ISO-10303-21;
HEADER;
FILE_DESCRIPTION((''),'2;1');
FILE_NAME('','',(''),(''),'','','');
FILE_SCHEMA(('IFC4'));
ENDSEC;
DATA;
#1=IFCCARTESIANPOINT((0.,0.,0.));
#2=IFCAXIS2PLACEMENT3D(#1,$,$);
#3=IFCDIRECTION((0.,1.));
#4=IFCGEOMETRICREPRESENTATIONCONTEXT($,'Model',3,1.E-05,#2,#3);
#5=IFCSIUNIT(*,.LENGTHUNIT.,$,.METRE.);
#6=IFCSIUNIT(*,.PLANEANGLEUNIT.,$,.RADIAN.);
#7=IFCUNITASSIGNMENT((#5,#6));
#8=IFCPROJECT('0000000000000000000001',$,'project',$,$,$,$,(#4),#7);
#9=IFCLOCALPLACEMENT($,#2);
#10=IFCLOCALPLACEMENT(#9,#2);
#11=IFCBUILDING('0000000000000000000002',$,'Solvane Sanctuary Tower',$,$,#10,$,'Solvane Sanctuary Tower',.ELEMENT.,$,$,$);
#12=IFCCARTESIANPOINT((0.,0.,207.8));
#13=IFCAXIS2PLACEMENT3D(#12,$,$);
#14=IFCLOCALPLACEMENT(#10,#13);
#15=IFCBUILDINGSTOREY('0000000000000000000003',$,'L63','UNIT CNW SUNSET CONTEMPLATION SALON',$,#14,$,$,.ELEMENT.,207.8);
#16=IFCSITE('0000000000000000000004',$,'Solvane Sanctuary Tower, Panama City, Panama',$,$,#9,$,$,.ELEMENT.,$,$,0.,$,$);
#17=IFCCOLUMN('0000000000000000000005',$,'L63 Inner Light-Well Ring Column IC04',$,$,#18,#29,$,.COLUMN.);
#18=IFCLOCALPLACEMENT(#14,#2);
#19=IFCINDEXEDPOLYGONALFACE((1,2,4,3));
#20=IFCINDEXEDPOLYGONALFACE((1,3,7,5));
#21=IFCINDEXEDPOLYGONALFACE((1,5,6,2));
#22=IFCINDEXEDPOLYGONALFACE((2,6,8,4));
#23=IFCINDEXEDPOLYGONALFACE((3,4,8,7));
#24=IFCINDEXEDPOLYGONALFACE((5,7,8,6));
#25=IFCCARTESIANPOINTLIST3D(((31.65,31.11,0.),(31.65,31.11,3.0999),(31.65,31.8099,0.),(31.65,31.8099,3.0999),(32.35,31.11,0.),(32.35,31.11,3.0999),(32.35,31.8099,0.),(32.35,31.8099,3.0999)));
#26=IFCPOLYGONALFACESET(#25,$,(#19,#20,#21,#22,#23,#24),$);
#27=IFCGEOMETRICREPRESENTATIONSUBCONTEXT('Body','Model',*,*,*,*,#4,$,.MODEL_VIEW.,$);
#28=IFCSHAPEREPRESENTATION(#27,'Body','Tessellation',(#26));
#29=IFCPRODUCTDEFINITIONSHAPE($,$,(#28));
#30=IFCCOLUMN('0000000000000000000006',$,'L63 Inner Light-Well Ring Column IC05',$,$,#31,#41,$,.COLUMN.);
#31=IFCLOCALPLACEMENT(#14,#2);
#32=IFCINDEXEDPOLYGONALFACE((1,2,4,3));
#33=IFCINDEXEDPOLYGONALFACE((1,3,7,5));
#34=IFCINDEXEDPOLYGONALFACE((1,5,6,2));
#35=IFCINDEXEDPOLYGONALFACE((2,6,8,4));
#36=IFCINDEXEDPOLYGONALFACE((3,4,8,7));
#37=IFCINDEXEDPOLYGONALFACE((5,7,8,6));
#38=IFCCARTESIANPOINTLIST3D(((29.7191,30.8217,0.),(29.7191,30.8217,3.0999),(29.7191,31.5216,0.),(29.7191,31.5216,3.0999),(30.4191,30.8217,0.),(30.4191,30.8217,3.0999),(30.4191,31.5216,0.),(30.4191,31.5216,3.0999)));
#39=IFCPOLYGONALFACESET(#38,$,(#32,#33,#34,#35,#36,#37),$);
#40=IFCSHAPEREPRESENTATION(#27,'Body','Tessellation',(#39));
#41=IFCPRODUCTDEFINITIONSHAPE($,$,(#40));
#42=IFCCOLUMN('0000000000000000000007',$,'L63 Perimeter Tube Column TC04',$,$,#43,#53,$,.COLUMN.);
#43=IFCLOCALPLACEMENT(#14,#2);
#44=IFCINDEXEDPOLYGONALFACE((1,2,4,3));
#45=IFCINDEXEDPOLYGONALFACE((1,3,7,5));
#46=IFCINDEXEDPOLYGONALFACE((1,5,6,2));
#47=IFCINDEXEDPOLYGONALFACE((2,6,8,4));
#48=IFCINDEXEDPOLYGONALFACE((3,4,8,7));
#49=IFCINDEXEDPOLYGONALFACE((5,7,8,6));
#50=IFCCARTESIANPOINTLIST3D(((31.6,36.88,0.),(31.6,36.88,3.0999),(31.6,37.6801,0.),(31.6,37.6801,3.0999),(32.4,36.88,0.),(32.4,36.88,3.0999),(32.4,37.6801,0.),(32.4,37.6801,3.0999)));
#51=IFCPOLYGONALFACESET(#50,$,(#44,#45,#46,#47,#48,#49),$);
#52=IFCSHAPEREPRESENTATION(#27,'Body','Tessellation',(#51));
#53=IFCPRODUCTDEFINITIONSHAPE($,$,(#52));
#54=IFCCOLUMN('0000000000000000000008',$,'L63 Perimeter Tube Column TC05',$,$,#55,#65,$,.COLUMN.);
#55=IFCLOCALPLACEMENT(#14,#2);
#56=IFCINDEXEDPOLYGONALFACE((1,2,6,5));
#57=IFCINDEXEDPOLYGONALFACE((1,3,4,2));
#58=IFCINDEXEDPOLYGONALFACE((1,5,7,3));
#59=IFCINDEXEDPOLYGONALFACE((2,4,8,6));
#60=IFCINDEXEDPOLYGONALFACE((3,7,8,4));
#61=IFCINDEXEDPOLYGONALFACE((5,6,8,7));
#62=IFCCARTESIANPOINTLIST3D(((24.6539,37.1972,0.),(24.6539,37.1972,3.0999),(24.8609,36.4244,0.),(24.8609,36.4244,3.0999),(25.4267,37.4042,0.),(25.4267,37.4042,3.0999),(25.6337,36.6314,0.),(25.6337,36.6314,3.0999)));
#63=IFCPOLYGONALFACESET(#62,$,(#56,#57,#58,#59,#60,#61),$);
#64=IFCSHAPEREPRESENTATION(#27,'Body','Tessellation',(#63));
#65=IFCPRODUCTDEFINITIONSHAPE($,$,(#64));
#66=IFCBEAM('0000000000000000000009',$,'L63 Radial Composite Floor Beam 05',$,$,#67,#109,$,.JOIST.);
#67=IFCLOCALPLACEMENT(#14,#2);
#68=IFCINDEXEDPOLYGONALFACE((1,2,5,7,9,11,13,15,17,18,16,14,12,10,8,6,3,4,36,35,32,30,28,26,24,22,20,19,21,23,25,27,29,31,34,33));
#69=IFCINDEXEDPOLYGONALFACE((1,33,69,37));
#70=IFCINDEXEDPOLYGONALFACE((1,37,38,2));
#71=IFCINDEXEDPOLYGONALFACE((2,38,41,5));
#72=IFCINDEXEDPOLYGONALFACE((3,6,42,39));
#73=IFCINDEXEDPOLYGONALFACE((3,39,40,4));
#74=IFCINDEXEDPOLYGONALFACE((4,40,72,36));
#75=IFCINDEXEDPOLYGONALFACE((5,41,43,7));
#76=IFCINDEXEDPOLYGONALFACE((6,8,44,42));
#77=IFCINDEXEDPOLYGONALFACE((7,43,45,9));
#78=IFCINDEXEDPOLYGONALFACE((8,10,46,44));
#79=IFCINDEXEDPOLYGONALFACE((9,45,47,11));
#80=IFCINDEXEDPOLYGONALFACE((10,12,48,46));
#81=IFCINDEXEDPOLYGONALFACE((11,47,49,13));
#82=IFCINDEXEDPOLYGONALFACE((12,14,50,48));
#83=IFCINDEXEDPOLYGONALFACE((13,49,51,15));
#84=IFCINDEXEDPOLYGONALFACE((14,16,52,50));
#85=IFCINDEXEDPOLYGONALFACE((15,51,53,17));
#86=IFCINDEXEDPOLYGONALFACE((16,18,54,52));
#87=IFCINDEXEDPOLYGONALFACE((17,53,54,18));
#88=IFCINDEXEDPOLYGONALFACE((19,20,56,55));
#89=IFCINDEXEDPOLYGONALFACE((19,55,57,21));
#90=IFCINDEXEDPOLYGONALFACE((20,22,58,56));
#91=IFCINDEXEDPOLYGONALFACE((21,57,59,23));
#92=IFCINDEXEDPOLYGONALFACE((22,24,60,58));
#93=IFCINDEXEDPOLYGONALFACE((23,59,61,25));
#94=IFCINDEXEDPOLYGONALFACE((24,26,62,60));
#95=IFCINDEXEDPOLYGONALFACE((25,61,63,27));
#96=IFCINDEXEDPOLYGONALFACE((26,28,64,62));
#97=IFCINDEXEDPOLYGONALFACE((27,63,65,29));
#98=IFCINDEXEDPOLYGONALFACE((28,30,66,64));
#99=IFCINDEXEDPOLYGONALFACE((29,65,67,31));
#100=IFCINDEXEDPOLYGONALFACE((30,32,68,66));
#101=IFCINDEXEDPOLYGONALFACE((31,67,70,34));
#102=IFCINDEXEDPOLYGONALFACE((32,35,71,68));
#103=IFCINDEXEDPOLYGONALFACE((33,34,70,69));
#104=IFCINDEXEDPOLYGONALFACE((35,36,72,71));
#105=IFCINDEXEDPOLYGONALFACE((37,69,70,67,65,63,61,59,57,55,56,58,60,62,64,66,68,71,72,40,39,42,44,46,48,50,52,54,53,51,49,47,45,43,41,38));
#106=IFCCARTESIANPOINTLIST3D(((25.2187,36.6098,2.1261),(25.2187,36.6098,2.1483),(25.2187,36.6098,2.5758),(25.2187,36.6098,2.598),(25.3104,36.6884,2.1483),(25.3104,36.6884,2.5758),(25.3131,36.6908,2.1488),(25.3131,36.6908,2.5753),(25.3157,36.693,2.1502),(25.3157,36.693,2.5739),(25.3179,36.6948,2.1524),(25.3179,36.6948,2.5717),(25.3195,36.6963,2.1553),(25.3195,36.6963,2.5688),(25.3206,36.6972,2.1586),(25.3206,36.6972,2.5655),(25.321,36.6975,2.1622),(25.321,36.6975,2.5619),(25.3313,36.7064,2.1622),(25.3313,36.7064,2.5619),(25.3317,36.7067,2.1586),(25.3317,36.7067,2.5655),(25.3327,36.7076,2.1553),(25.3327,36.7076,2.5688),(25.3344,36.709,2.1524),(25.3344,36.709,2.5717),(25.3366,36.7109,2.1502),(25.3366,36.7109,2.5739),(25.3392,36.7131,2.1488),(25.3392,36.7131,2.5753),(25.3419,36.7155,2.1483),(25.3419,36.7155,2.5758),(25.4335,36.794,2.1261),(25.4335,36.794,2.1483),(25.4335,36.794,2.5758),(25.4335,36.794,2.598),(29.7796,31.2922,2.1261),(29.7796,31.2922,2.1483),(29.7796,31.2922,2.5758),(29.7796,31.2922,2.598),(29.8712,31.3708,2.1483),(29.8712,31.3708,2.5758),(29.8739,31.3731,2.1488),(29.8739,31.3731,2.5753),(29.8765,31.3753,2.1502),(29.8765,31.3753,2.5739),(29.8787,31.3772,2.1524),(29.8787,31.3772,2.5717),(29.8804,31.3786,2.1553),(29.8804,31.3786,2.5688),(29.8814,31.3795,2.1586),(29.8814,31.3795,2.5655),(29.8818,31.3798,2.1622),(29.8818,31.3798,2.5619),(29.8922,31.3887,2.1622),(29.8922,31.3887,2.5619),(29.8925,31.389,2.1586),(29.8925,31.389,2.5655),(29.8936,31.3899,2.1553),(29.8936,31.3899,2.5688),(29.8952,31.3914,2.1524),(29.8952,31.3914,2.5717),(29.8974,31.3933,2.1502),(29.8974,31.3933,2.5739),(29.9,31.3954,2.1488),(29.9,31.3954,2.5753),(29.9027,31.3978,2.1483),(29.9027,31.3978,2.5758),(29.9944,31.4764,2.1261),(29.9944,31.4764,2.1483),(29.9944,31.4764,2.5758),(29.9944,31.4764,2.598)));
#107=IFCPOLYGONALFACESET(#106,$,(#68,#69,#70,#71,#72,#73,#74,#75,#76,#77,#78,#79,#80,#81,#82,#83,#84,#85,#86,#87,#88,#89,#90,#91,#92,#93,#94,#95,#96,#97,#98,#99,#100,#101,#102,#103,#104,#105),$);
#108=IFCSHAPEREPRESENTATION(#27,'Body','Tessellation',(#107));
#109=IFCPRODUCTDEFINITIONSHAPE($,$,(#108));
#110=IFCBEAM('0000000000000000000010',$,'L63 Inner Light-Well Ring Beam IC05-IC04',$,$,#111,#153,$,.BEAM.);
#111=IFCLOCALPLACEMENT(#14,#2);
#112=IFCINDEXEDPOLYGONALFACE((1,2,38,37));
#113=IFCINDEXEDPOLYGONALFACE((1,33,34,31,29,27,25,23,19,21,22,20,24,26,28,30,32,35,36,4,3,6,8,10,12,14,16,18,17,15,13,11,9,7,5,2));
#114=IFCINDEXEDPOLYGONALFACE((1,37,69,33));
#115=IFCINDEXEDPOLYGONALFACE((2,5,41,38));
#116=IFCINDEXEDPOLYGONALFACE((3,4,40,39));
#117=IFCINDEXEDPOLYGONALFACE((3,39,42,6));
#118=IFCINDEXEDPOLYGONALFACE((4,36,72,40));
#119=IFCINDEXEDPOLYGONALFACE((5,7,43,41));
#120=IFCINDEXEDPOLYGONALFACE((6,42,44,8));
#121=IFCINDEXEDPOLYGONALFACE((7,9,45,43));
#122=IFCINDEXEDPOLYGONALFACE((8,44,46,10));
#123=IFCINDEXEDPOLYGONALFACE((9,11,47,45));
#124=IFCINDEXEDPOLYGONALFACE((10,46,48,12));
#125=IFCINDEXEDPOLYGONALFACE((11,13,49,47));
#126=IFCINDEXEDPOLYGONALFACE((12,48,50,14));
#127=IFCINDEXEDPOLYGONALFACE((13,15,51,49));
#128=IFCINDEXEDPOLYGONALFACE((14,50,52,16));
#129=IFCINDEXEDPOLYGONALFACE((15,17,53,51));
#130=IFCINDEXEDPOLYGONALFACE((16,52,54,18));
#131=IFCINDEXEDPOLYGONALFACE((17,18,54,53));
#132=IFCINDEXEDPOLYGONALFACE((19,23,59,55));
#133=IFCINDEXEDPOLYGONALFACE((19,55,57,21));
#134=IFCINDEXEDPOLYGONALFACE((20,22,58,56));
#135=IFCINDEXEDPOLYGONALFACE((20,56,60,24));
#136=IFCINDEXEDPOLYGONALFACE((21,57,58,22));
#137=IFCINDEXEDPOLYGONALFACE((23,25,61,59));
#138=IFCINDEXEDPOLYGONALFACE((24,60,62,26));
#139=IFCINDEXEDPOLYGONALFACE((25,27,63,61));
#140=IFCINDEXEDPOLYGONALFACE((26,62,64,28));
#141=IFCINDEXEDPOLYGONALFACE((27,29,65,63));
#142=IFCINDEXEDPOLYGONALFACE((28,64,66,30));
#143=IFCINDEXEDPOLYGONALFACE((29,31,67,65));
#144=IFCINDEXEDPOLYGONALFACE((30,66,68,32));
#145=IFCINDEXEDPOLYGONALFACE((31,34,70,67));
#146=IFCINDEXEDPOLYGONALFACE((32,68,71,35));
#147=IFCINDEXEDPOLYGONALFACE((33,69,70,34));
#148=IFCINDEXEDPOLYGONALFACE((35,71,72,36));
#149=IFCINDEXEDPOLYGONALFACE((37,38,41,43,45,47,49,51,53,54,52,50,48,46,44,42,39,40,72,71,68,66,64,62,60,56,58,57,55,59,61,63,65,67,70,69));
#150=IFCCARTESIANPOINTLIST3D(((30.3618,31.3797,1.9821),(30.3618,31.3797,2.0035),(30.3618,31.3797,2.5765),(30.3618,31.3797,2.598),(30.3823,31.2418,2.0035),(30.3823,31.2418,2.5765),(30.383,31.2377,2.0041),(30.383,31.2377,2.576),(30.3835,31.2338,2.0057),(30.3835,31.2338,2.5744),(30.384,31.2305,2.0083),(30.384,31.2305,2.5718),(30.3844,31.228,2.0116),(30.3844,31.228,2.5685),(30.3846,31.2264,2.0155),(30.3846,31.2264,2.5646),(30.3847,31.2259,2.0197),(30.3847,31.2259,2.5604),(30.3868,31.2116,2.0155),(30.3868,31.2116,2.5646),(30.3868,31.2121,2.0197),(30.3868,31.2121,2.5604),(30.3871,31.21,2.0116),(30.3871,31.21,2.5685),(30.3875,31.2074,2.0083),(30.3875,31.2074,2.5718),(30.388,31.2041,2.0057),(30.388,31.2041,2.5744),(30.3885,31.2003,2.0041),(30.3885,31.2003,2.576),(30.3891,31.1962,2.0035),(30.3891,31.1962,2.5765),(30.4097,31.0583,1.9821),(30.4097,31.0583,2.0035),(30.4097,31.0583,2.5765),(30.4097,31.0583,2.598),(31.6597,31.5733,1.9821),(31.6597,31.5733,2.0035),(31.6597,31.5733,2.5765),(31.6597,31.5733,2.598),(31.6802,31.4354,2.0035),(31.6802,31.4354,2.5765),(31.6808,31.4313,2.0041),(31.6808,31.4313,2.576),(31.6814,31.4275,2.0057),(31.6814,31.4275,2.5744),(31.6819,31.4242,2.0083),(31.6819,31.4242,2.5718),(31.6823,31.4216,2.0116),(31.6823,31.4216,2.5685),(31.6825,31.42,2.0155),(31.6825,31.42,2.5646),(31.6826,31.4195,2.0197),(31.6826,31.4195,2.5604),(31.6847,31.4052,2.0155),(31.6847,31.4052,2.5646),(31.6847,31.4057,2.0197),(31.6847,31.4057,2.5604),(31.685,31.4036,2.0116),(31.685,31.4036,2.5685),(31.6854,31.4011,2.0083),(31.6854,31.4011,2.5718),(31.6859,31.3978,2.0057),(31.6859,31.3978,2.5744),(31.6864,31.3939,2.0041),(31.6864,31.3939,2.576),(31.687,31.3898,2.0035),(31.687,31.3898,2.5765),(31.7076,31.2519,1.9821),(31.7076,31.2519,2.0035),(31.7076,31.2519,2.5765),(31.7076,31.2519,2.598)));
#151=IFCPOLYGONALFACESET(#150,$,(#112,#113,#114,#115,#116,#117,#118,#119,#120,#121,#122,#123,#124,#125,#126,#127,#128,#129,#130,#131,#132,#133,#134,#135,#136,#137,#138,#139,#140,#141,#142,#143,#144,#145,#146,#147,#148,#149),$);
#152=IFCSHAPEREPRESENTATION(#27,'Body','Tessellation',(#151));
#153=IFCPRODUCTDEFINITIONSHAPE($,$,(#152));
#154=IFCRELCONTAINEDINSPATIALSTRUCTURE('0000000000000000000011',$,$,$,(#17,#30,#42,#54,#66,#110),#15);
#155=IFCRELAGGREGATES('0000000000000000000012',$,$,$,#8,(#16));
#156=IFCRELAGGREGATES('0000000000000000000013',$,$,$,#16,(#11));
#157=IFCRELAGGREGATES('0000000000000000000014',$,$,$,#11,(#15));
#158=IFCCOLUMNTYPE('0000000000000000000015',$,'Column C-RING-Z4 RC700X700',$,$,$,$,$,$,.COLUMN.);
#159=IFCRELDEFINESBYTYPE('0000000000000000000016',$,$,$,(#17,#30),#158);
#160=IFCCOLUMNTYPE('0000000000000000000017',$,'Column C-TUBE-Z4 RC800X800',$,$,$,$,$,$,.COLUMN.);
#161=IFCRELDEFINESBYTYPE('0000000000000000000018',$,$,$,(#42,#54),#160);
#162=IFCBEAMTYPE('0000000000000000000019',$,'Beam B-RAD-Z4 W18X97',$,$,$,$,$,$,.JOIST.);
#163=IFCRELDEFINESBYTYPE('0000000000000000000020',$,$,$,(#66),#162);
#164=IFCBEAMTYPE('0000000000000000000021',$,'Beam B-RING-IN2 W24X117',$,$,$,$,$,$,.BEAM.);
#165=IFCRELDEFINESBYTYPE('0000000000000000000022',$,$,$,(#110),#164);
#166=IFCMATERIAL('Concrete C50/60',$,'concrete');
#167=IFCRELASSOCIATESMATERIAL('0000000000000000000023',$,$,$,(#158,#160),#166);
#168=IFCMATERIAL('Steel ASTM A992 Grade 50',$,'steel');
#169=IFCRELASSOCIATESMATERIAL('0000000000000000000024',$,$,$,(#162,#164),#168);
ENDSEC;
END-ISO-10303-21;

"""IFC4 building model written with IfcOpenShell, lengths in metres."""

from ifc_helpers import new_model, si_unit, direction, frame, origin, origin_2d, place, context, subcontext, project, spatial, rectangle, i_section, extrude, material, material_profile, profile_set, type_object, element, save


model = new_model("IFC4")

# Units and contexts
model_context = context("Model", 3, precision=1e-05, world=origin(), true_north=direction((0.0, 1.0)))
body_context = subcontext(model_context, "Body", "Model", "MODEL_VIEW")
ifc_project = project(units=[si_unit("LENGTHUNIT", "METRE"), si_unit("PLANEANGLEUNIT", "RADIAN")], contexts=[model_context])

# Site, building, storey
site_placement = place(None, origin())
site = spatial("IfcSite", under=ifc_project, at=site_placement, Name="Solvane Sanctuary Tower, Panama City, Panama", CompositionType="ELEMENT", RefElevation=0.0)
building_placement = place(site_placement, origin())
building = spatial("IfcBuilding", under=site, at=building_placement, Name="Solvane Sanctuary Tower", LongName="Solvane Sanctuary Tower", CompositionType="ELEMENT")
storey_placement = place(building_placement, frame((0.0, 0.0, 207.8)))
storey = spatial("IfcBuildingStorey", under=building, at=storey_placement, Name="L63", Description="UNIT CNW SUNSET CONTEMPLATION SALON", CompositionType="ELEMENT", Elevation=207.8)

# Columns
ifc_material_1 = material(Name="Concrete C50/60", Category="concrete")
ifc_material_profile_1 = material_profile(ifc_material_1, rectangle(XDim=0.7, YDim=0.7, at=origin_2d()), Name="RC700X700")
ifc_profile_set_1 = profile_set([ifc_material_profile_1], Name="Concrete C50/60")
column_type_1 = type_object("IfcColumnType", Name="Column C-RING-Z4 RC700X700", PredefinedType="COLUMN", material=ifc_profile_set_1)
for number, where, z_axis, x_axis, name in (
    (1, (32.0, 31.46, 0.0), (0.0, 0.0, 1.0), (1.0, 0.0, 0.0), "L63 Inner Light-Well Ring Column IC04"),
    (2, (30.0691, 31.1716, 0.0), (0.0, 0.0, 1.0), (1.0, 0.0, 0.0), "L63 Inner Light-Well Ring Column IC05"),
):
    element("IfcColumn", number, at=place(storey_placement, frame(where, z_axis=z_axis, x_axis=x_axis)), inside=storey, type_object=column_type_1, Name=name, PredefinedType="COLUMN", context=body_context, shape_type="SweptSolid", body=[
        extrude(rectangle(XDim=0.7, YDim=0.7, at=origin_2d()), origin(), (0.0, 0.0, 1.0), 3.0999),
    ])
ifc_material_profile_2 = material_profile(ifc_material_1, rectangle(XDim=0.8, YDim=0.8, at=origin_2d()), Name="RC800X800")
ifc_profile_set_2 = profile_set([ifc_material_profile_2], Name="Concrete C50/60")
column_type_2 = type_object("IfcColumnType", Name="Column C-TUBE-Z4 RC800X800", PredefinedType="COLUMN", material=ifc_profile_set_2)
for number, where, z_axis, x_axis, name in (
    (3, (32.0, 37.28, 0.0), (0.0, 0.0, 1.0), (0.0, 1.0, 0.0), "L63 Perimeter Tube Column TC04"),
    (4, (25.1438, 36.9143, 0.0), (0.0, 0.0, 1.0), (-0.258819, 0.965926, 0.0), "L63 Perimeter Tube Column TC05"),
):
    element("IfcColumn", number, at=place(storey_placement, frame(where, z_axis=z_axis, x_axis=x_axis)), inside=storey, type_object=column_type_2, Name=name, PredefinedType="COLUMN", context=body_context, shape_type="SweptSolid", body=[
        extrude(rectangle(XDim=0.8, YDim=0.8, at=origin_2d()), origin(), (0.0, 0.0, 1.0), 3.0999),
    ])

# Beams
ifc_material_2 = material(Name="Steel ASTM A992 Grade 50", Category="steel")
ifc_material_profile_3 = material_profile(ifc_material_2, i_section(OverallWidth=0.283, OverallDepth=0.4719, WebThickness=0.0137, FlangeThickness=0.0222, FilletRadius=0.0139, at=origin_2d()), Name="W18X97")
ifc_profile_set_3 = profile_set([ifc_material_profile_3], Name="Steel ASTM A992 Grade 50")
beam_type_1 = type_object("IfcBeamType", Name="Beam B-RAD-Z4 W18X97", PredefinedType="JOIST", material=ifc_profile_set_3)
beam_1_placement = place(storey_placement, frame((29.887, 31.3843, 2.3621), z_axis=(-0.651024, 0.759057, 0.0), x_axis=(-0.759057, -0.651024, 0.0)))
element("IfcBeam", 5, at=beam_1_placement, inside=storey, type_object=beam_type_1, Name="L63 Radial Composite Floor Beam 05", PredefinedType="JOIST", context=body_context, shape_type="SweptSolid", body=[
    extrude(i_section(OverallWidth=0.283, OverallDepth=0.4719, WebThickness=0.0137, FlangeThickness=0.0222, FilletRadius=0.0139, at=origin_2d()), origin(), (0.0, 0.0, 1.0), 7.0056),
])
ifc_material_profile_4 = material_profile(ifc_material_2, i_section(OverallWidth=0.325, OverallDepth=0.616, WebThickness=0.0139, FlangeThickness=0.0215, FilletRadius=0.0161, at=origin_2d()), Name="W24X117")
ifc_profile_set_4 = profile_set([ifc_material_profile_4], Name="Steel ASTM A992 Grade 50")
beam_type_2 = type_object("IfcBeamType", Name="Beam B-RING-IN2 W24X117", PredefinedType="BEAM", material=ifc_profile_set_4)
beam_2_placement = place(storey_placement, frame((30.3857, 31.219, 2.29), z_axis=(0.989056, 0.14754, 0.0), x_axis=(-0.14754, 0.989056, 0.0)))
element("IfcBeam", 6, at=beam_2_placement, inside=storey, type_object=beam_type_2, Name="L63 Inner Light-Well Ring Beam IC05-IC04", PredefinedType="BEAM", context=body_context, shape_type="SweptSolid", body=[
    extrude(i_section(OverallWidth=0.325, OverallDepth=0.616, WebThickness=0.0139, FlangeThickness=0.0215, FilletRadius=0.0161, at=origin_2d()), origin(), (0.0, 0.0, 1.0), 1.3123),
])

save(model, "model.ifc")
